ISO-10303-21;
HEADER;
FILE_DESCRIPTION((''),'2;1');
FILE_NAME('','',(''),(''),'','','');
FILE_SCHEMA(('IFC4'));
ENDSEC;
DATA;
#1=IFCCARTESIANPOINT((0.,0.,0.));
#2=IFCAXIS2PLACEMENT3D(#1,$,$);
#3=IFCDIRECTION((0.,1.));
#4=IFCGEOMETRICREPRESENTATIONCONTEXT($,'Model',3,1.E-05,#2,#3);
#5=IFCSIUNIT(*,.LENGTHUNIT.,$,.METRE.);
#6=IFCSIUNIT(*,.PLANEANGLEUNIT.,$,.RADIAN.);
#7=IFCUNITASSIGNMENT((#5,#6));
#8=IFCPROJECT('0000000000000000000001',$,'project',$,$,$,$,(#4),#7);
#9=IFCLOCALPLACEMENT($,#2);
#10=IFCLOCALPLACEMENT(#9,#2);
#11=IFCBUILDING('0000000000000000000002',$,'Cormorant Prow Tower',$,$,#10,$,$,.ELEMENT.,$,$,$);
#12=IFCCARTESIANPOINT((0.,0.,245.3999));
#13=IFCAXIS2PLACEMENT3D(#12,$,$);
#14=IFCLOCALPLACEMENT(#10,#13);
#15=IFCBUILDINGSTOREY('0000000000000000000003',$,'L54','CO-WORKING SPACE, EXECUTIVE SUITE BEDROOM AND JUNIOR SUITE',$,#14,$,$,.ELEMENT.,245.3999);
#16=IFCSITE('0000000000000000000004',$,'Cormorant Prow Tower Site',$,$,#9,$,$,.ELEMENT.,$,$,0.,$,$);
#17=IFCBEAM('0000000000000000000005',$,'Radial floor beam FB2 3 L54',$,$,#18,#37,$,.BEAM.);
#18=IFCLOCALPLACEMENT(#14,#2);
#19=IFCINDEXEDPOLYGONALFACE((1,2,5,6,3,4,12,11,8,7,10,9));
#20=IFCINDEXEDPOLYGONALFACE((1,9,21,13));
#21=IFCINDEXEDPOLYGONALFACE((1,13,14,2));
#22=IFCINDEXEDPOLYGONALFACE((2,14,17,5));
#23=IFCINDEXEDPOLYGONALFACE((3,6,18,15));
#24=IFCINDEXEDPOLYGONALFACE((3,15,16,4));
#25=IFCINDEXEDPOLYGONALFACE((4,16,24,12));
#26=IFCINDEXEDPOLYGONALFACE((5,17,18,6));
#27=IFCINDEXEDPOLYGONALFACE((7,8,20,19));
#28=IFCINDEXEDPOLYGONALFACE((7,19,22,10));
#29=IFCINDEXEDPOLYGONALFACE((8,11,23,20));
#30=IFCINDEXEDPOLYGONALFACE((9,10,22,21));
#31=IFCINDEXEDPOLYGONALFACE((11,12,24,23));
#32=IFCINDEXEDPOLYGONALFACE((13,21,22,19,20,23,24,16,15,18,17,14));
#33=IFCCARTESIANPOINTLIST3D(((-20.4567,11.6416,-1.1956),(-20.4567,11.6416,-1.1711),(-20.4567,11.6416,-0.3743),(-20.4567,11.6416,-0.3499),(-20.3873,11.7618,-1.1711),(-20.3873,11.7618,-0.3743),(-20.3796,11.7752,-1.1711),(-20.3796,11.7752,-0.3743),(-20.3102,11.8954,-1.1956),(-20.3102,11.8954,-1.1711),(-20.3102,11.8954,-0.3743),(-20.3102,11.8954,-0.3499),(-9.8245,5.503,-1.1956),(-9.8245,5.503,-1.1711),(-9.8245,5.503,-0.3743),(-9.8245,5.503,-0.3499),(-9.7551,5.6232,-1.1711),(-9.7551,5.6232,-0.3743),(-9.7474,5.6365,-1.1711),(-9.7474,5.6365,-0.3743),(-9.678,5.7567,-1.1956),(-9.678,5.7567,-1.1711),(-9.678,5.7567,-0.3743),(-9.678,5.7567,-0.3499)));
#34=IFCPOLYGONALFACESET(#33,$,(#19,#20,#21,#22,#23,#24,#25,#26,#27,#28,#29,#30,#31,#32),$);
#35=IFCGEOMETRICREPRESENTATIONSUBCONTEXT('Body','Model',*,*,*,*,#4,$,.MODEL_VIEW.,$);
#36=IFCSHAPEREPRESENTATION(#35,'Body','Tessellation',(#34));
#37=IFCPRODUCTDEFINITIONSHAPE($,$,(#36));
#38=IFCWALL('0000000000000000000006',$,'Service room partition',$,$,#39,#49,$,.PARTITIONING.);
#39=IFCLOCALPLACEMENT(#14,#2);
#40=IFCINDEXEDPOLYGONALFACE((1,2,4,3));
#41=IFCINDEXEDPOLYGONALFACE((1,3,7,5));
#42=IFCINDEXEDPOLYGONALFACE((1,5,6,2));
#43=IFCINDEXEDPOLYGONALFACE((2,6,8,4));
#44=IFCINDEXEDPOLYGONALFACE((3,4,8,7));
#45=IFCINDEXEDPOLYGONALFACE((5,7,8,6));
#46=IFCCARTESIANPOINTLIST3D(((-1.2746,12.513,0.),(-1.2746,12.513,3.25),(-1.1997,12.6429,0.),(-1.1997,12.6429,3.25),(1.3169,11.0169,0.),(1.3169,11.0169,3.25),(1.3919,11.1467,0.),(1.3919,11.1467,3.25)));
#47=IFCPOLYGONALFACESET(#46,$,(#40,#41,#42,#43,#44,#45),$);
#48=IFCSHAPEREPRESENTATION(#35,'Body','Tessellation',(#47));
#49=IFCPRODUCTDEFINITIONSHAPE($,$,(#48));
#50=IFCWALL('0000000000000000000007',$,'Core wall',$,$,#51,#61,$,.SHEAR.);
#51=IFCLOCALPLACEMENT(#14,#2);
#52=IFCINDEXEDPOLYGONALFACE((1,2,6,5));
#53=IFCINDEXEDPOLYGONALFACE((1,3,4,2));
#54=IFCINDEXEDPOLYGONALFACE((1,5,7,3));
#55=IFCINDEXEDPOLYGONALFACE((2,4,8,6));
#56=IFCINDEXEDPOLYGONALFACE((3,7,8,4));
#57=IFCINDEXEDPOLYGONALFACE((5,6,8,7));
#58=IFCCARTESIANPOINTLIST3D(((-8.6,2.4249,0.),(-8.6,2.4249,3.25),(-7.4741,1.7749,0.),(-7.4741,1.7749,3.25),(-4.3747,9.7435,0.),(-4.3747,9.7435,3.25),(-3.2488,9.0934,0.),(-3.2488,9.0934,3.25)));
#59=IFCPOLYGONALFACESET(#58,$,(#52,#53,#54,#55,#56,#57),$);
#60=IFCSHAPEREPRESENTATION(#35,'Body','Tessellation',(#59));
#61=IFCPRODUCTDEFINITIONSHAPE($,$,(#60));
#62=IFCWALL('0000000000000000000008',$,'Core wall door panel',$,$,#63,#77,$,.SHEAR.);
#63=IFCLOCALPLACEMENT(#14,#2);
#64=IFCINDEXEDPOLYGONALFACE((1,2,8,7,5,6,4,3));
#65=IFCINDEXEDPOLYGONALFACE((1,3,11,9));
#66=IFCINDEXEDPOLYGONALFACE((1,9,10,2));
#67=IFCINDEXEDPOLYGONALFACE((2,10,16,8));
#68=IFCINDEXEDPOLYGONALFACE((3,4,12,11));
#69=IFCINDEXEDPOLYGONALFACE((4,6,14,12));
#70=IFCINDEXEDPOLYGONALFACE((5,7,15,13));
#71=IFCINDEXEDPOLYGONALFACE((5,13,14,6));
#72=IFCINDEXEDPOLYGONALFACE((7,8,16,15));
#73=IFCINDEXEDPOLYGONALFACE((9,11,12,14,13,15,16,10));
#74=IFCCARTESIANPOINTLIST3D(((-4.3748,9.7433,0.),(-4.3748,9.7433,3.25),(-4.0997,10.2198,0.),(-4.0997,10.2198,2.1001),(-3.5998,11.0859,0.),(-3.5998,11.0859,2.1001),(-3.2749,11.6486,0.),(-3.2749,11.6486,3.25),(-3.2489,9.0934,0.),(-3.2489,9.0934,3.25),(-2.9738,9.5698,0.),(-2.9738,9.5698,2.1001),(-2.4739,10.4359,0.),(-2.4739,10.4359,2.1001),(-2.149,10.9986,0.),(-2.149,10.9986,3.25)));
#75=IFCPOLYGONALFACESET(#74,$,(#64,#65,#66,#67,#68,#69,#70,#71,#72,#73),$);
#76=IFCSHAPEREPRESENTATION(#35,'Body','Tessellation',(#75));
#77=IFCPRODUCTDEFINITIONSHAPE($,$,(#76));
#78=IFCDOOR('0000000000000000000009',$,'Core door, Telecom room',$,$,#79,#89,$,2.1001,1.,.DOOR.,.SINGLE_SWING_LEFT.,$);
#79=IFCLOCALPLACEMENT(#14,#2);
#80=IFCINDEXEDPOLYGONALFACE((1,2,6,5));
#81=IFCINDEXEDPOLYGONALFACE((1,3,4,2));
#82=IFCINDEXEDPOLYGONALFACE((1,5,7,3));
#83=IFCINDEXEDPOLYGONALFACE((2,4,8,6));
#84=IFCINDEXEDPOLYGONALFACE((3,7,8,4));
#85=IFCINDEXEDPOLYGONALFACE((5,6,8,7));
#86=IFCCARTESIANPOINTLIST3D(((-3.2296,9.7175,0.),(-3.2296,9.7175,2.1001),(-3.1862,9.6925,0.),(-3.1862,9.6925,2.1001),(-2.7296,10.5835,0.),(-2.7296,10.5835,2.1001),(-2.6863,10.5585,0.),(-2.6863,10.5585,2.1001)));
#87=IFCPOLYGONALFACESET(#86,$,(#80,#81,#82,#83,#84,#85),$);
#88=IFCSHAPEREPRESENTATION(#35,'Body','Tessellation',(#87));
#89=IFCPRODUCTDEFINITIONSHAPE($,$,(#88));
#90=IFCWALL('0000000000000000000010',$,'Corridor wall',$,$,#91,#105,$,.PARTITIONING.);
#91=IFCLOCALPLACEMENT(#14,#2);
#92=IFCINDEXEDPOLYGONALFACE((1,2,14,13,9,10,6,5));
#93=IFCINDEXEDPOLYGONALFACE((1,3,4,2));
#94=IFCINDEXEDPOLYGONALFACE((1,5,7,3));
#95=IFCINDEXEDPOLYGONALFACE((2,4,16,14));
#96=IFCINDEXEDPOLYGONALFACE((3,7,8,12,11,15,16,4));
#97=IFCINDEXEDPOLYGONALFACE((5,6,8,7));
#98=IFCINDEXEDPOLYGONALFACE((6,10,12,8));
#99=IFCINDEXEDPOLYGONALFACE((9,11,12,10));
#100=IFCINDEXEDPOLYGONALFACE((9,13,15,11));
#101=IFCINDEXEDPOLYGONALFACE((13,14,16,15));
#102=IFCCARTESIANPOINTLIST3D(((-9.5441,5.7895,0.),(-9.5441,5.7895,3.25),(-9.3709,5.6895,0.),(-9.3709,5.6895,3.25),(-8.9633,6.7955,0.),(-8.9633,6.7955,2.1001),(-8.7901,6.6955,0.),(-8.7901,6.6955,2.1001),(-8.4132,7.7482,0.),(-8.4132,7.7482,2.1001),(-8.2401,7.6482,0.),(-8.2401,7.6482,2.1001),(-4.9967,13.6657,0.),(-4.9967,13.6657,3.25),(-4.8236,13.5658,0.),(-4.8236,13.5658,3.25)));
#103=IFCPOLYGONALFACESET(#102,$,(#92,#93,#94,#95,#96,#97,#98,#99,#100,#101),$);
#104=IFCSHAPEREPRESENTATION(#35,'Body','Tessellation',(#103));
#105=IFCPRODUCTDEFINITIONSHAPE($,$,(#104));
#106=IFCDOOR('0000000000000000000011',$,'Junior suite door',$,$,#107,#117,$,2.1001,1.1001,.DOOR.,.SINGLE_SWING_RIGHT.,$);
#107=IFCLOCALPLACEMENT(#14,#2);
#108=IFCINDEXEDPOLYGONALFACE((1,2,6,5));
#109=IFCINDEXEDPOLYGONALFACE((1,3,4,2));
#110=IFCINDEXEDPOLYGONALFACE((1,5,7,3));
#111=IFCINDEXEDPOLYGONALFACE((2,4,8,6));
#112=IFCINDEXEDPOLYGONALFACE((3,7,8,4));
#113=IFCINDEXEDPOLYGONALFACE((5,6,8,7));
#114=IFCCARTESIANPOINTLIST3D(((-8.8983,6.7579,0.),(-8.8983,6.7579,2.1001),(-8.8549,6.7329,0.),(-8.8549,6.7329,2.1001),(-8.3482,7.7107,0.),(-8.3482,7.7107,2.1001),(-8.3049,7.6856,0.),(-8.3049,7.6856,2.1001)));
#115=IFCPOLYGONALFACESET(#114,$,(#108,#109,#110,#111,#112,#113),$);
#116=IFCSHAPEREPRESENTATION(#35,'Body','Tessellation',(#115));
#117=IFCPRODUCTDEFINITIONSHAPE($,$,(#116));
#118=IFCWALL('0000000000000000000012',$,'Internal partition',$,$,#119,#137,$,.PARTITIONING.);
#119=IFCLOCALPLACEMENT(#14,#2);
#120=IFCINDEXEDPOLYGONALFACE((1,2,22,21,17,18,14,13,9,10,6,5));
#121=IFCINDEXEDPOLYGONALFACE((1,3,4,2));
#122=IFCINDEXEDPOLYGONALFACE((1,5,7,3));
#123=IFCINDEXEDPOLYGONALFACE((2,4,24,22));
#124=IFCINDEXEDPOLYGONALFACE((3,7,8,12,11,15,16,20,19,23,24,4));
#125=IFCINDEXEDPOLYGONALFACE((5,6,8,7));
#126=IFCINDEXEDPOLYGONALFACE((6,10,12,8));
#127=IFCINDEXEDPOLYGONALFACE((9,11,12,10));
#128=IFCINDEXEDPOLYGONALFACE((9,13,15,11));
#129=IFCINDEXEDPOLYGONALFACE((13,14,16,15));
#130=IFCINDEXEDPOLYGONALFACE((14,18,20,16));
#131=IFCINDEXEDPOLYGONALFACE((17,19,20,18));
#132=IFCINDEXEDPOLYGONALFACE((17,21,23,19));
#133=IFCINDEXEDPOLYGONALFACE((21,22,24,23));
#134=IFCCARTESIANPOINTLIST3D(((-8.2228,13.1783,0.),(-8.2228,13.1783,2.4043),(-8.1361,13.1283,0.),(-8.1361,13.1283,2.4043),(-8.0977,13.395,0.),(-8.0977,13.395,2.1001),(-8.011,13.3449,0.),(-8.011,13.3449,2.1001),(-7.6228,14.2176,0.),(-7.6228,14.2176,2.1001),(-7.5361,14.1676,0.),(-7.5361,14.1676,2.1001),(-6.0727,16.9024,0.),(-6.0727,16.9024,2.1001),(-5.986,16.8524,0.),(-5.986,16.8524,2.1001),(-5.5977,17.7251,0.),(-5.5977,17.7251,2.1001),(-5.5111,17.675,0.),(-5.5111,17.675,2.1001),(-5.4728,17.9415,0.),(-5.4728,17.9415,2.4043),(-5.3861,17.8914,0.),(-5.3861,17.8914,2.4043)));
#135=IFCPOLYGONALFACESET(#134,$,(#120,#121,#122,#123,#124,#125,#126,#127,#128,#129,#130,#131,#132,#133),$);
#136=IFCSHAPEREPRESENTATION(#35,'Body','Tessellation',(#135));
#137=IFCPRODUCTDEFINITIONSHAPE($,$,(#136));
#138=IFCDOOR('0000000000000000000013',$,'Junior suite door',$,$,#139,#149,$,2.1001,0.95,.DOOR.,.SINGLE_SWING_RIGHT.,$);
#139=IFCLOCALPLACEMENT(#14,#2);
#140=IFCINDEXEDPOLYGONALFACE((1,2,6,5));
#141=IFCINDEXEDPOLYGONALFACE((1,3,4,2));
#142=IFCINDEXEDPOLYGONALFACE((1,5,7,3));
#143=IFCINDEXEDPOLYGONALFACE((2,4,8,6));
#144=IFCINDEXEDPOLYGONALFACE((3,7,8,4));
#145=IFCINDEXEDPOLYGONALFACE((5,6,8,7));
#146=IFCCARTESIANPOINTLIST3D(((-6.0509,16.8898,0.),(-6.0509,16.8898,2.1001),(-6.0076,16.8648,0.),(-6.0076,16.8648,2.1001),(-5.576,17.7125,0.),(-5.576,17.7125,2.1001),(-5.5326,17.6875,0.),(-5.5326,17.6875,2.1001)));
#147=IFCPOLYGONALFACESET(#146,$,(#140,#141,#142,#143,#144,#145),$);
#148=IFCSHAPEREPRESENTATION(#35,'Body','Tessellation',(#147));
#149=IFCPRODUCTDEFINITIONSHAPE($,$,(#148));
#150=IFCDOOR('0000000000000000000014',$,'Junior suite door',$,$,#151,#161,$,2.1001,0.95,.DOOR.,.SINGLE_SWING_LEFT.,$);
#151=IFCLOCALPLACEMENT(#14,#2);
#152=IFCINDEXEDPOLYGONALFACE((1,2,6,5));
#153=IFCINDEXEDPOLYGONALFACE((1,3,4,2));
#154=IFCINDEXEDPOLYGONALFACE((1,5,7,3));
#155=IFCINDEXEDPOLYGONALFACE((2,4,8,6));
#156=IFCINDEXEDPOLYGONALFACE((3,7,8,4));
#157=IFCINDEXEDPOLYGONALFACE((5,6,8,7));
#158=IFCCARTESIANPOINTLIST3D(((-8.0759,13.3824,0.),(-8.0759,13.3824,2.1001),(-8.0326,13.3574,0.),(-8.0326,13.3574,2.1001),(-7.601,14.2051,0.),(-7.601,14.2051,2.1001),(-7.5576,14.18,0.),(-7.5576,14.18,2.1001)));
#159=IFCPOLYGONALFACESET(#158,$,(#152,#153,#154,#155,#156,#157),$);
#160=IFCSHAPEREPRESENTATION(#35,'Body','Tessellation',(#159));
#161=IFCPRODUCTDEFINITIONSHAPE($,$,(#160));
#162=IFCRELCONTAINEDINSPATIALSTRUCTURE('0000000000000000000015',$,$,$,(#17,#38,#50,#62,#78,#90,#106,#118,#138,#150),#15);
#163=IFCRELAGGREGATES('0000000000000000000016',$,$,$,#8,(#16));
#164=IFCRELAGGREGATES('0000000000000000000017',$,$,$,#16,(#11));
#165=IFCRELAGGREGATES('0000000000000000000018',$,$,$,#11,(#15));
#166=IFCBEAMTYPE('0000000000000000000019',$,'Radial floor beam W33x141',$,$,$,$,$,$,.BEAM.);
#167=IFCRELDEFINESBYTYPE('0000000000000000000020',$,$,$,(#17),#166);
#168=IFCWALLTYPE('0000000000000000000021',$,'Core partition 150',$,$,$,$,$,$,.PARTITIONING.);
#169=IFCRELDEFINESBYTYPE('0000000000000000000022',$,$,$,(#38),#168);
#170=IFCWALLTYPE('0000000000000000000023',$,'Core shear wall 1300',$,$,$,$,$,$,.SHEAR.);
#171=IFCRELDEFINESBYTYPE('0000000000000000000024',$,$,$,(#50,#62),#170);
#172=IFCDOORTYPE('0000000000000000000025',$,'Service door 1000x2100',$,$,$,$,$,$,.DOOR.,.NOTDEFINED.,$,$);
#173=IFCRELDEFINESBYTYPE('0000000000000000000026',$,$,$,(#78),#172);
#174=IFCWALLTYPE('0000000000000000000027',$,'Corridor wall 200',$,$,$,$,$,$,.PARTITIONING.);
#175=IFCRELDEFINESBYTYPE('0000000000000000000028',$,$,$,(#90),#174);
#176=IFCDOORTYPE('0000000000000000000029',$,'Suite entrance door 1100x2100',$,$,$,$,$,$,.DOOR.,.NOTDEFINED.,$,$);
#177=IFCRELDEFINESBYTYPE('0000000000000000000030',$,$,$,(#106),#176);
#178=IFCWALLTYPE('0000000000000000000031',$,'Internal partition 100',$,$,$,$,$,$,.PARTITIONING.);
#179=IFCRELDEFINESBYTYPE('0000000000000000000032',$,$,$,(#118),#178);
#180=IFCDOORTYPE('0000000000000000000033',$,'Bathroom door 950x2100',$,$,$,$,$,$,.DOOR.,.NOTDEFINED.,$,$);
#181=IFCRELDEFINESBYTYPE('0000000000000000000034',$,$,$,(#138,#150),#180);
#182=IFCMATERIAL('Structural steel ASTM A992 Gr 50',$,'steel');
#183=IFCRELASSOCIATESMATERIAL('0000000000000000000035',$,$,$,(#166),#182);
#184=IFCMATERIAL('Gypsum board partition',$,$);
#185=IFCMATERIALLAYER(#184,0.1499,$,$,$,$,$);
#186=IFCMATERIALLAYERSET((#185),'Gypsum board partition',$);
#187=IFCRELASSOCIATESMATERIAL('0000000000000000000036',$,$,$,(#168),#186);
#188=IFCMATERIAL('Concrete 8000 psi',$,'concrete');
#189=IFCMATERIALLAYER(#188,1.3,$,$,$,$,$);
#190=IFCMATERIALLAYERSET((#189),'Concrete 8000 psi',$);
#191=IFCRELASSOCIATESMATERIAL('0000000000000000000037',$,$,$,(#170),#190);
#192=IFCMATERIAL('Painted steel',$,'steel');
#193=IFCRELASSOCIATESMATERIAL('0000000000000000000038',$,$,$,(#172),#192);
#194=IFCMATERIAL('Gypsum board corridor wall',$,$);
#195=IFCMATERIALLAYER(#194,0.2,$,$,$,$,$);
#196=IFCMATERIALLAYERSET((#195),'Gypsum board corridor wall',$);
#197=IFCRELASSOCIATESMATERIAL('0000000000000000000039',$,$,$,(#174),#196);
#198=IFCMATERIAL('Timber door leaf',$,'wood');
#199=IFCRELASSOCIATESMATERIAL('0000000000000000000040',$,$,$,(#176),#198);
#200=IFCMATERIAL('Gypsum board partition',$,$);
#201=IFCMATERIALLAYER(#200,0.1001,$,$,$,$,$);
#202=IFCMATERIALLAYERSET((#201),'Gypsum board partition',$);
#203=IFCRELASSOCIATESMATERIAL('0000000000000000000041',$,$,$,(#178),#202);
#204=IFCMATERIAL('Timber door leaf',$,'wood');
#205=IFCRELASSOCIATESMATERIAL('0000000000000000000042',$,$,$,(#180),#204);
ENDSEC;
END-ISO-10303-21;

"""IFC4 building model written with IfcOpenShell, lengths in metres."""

from ifc_helpers import new_model, si_unit, direction, frame, frame_2d, origin, origin_2d, place, context, subcontext, project, spatial, rectangle, i_section, extrude, material, layer, layer_set, material_profile, profile_set, type_object, element, fill, save


model = new_model("IFC4")

# Units and contexts
model_context = context("Model", 3, precision=1e-05, world=origin(), true_north=direction((0.0, 1.0)))
body_context = subcontext(model_context, "Body", "Model", "MODEL_VIEW")
ifc_project = project(units=[si_unit("LENGTHUNIT", "METRE"), si_unit("PLANEANGLEUNIT", "RADIAN")], contexts=[model_context])

# Site, building, storey
site_placement = place(None, origin())
site = spatial("IfcSite", under=ifc_project, at=site_placement, Name="Cormorant Prow Tower Site", CompositionType="ELEMENT", RefElevation=0.0)
building_placement = place(site_placement, origin())
building = spatial("IfcBuilding", under=site, at=building_placement, Name="Cormorant Prow Tower", CompositionType="ELEMENT")
storey_placement = place(building_placement, frame((0.0, 0.0, 245.3999)))
storey = spatial("IfcBuildingStorey", under=building, at=storey_placement, Name="L54", Description="CO-WORKING SPACE, EXECUTIVE SUITE BEDROOM AND JUNIOR SUITE", CompositionType="ELEMENT", Elevation=245.3999)

# Beam
ifc_material_1 = material(Name="Structural steel ASTM A992 Gr 50", Category="steel")
ifc_material_profile = material_profile(ifc_material_1, i_section(OverallWidth=0.293, OverallDepth=0.8457, WebThickness=0.0154, FlangeThickness=0.0244, at=origin_2d()), Name="W33x141")
ifc_profile_set = profile_set([ifc_material_profile], Name="Structural steel ASTM A992 Gr 50")
beam_type = type_object("IfcBeamType", Name="Radial floor beam W33x141", PredefinedType="BEAM", material=ifc_profile_set)
beam_placement = place(storey_placement, frame((-9.7512, 5.6299, -0.7727), z_axis=(-0.866022, 0.500006, 0.0), x_axis=(-0.500006, -0.866022, 0.0)))
element("IfcBeam", 1, at=beam_placement, inside=storey, type_object=beam_type, Name="Radial floor beam FB2 3 L54", PredefinedType="BEAM", context=body_context, shape_type="SweptSolid", body=[
    extrude(i_section(OverallWidth=0.293, OverallDepth=0.8457, WebThickness=0.0154, FlangeThickness=0.0244, at=origin_2d()), origin(), (0.0, 0.0, 1.0), 12.2771),
])

# Walls
ifc_material_2 = material(Name="Gypsum board partition")
ifc_layer_1 = layer(ifc_material_2, 0.1499)
ifc_layer_set_1 = layer_set([ifc_layer_1], Name="Gypsum board partition")
wall_type_1 = type_object("IfcWallType", Name="Core partition 150", PredefinedType="PARTITIONING", material=ifc_layer_set_1)
wall_1_placement = place(storey_placement, frame((-1.2371, 12.5779, 0.0), z_axis=(0.0, 0.0, 1.0), x_axis=(0.866046, -0.499965, 0.0)))
element("IfcWall", 2, at=wall_1_placement, inside=storey, type_object=wall_type_1, Name="Service room partition", PredefinedType="PARTITIONING", context=body_context, shape_type="SweptSolid", body=[
    extrude(rectangle(XDim=2.9924, YDim=0.1499, at=frame_2d((1.4961, 0.0))), origin(), (0.0, 0.0, 1.0), 3.25),
])
ifc_material_3 = material(Name="Concrete 8000 psi", Category="concrete")
ifc_layer_2 = layer(ifc_material_3, 1.3)
ifc_layer_set_2 = layer_set([ifc_layer_2], Name="Concrete 8000 psi")
wall_type_2 = type_object("IfcWallType", Name="Core shear wall 1300", PredefinedType="SHEAR", material=ifc_layer_set_2)
wall_2_placement = place(storey_placement, frame((-3.8118, 9.4185, 0.0), z_axis=(0.0, 0.0, 1.0), x_axis=(-0.499995, -0.866028, 0.0)))
element("IfcWall", 3, at=wall_2_placement, inside=storey, type_object=wall_type_2, Name="Core wall", PredefinedType="SHEAR", context=body_context, shape_type="SweptSolid", body=[
    extrude(rectangle(XDim=8.4507, YDim=1.3, at=frame_2d((4.2253, 0.0))), origin(), (0.0, 0.0, 1.0), 3.25),
])

# Walls, openings, doors
wall_3_placement = place(storey_placement, frame((-2.7119, 11.3237, 0.0), z_axis=(0.0, 0.0, 1.0), x_axis=(-0.499947, -0.866056, 0.0)))
wall_3 = element("IfcWall", 4, at=wall_3_placement, inside=storey, type_object=wall_type_2, Name="Core wall door panel", PredefinedType="SHEAR", context=body_context, shape_type="SweptSolid", body=[
    extrude(rectangle(XDim=2.2, YDim=1.3, at=frame_2d((1.1001, 0.0))), origin(), (0.0, 0.0, 1.0), 3.25),
])
opening_1_placement = place(wall_3_placement, frame((0.6499, 0.0, 0.0)))
opening_1 = element("IfcOpeningElement", 5, at=opening_1_placement, cuts=wall_3, PredefinedType="OPENING", context=body_context, shape_type="SweptSolid", body=[
    extrude(rectangle(XDim=1.0, YDim=2.1001, at=frame_2d((0.5, 1.05))), frame((0.0, 0.6599, 0.0), z_axis=(0.0, -1.0, 0.0), x_axis=(1.0, 0.0, 0.0)), (0.0, 0.0, 1.0), 1.3201),
])
ifc_material_4 = material(Name="Painted steel", Category="steel")
door_type_1 = type_object("IfcDoorType", Name="Service door 1000x2100", OperationType="NOTDEFINED", PredefinedType="DOOR", material=ifc_material_4)
door_1_placement = place(opening_1_placement, origin())
door_1 = element("IfcDoor", 6, at=door_1_placement, inside=storey, type_object=door_type_1, Name="Core door, Telecom room", OperationType="SINGLE_SWING_LEFT", OverallHeight=2.1001, OverallWidth=1.0, PredefinedType="DOOR", context=body_context, shape_type="SweptSolid", body=[
    extrude(rectangle(XDim=1.0, YDim=2.1001, at=frame_2d((0.5, 1.05))), frame((0.0, 0.4048, 0.0), z_axis=(0.0, -1.0, 0.0), x_axis=(1.0, 0.0, 0.0)), (0.0, 0.0, 1.0), 0.05),
])
fill(opening_1, door_1)
ifc_material_5 = material(Name="Gypsum board corridor wall")
ifc_layer_3 = layer(ifc_material_5, 0.2)
ifc_layer_set_3 = layer_set([ifc_layer_3], Name="Gypsum board corridor wall")
wall_type_3 = type_object("IfcWallType", Name="Corridor wall 200", PredefinedType="PARTITIONING", material=ifc_layer_set_3)
wall_4_placement = place(storey_placement, frame((-9.4575, 5.7395, 0.0), z_axis=(0.0, 0.0, 1.0), x_axis=(0.500002, 0.866024, 0.0)))
wall_4 = element("IfcWall", 7, at=wall_4_placement, inside=storey, type_object=wall_type_3, Name="Corridor wall", PredefinedType="PARTITIONING", context=body_context, shape_type="SweptSolid", body=[
    extrude(rectangle(XDim=9.0947, YDim=0.2, at=frame_2d((4.5474, 0.0))), origin(), (0.0, 0.0, 1.0), 3.25),
])
opening_2_placement = place(wall_4_placement, frame((1.1616, 0.0, 0.0)))
opening_2 = element("IfcOpeningElement", 8, at=opening_2_placement, cuts=wall_4, PredefinedType="OPENING", context=body_context, shape_type="SweptSolid", body=[
    extrude(rectangle(XDim=1.1001, YDim=2.1001, at=frame_2d((0.55, 1.05))), frame((0.0, 0.1099, 0.0), z_axis=(0.0, -1.0, 0.0), x_axis=(1.0, 0.0, 0.0)), (0.0, 0.0, 1.0), 0.22),
])
ifc_material_6 = material(Name="Timber door leaf", Category="wood")
door_type_2 = type_object("IfcDoorType", Name="Suite entrance door 1100x2100", OperationType="NOTDEFINED", PredefinedType="DOOR", material=ifc_material_6)
door_2_placement = place(opening_2_placement, origin())
door_2 = element("IfcDoor", 9, at=door_2_placement, inside=storey, type_object=door_type_2, Name="Junior suite door", OperationType="SINGLE_SWING_RIGHT", OverallHeight=2.1001, OverallWidth=1.1001, PredefinedType="DOOR", context=body_context, shape_type="SweptSolid", body=[
    extrude(rectangle(XDim=1.1001, YDim=2.1001, at=frame_2d((0.55, 1.05))), frame((0.0, 0.0249, 0.0), z_axis=(0.0, -1.0, 0.0), x_axis=(1.0, 0.0, 0.0)), (0.0, 0.0, 1.0), 0.05),
])
fill(opening_2, door_2)

# Wall, openings, doors
ifc_material_7 = material(Name="Gypsum board partition")
ifc_layer_4 = layer(ifc_material_7, 0.1001)
ifc_layer_set_4 = layer_set([ifc_layer_4], Name="Gypsum board partition")
wall_type_4 = type_object("IfcWallType", Name="Internal partition 100", PredefinedType="PARTITIONING", material=ifc_layer_set_4)
wall_5_placement = place(storey_placement, frame((-8.1794, 13.1533, 0.0), z_axis=(0.0, 0.0, 1.0), x_axis=(0.499997, 0.866027, 0.0)))
wall_5 = element("IfcWall", 10, at=wall_5_placement, inside=storey, type_object=wall_type_4, Name="Internal partition", PredefinedType="PARTITIONING", context=body_context, shape_type="SweptSolid", body=[
    extrude(rectangle(XDim=5.5, YDim=0.1001, at=frame_2d((2.75, 0.0))), origin(), (0.0, 0.0, 1.0), 2.4043),
])
opening_3_placement = place(wall_5_placement, frame((4.3, 0.0, 0.0)))
opening_3 = element("IfcOpeningElement", 11, at=opening_3_placement, cuts=wall_5, PredefinedType="OPENING", context=body_context, shape_type="SweptSolid", body=[
    extrude(rectangle(XDim=0.95, YDim=2.1001, at=frame_2d((0.4751, 1.05))), frame((0.0, 0.0601, 0.0), z_axis=(0.0, -1.0, 0.0), x_axis=(1.0, 0.0, 0.0)), (0.0, 0.0, 1.0), 0.1201),
])
opening_4_placement = place(wall_5_placement, frame((0.25, 0.0, 0.0)))
opening_4 = element("IfcOpeningElement", 12, at=opening_4_placement, cuts=wall_5, PredefinedType="OPENING", context=body_context, shape_type="SweptSolid", body=[
    extrude(rectangle(XDim=0.95, YDim=2.1001, at=frame_2d((0.4751, 1.05))), frame((0.0, 0.0601, 0.0), z_axis=(0.0, -1.0, 0.0), x_axis=(1.0, 0.0, 0.0)), (0.0, 0.0, 1.0), 0.1201),
])
ifc_material_8 = material(Name="Timber door leaf", Category="wood")
door_type_3 = type_object("IfcDoorType", Name="Bathroom door 950x2100", OperationType="NOTDEFINED", PredefinedType="DOOR", material=ifc_material_8)
door_3_placement = place(opening_3_placement, origin())
door_3 = element("IfcDoor", 13, at=door_3_placement, inside=storey, type_object=door_type_3, Name="Junior suite door", OperationType="SINGLE_SWING_RIGHT", OverallHeight=2.1001, OverallWidth=0.95, PredefinedType="DOOR", context=body_context, shape_type="SweptSolid", body=[
    extrude(rectangle(XDim=0.95, YDim=2.1001, at=frame_2d((0.4751, 1.05))), frame((0.0, 0.0249, 0.0), z_axis=(0.0, -1.0, 0.0), x_axis=(1.0, 0.0, 0.0)), (0.0, 0.0, 1.0), 0.05),
])
fill(opening_3, door_3)
door_4_placement = place(opening_4_placement, origin())
door_4 = element("IfcDoor", 14, at=door_4_placement, inside=storey, type_object=door_type_3, Name="Junior suite door", OperationType="SINGLE_SWING_LEFT", OverallHeight=2.1001, OverallWidth=0.95, PredefinedType="DOOR", context=body_context, shape_type="SweptSolid", body=[
    extrude(rectangle(XDim=0.95, YDim=2.1001, at=frame_2d((0.4751, 1.05))), frame((0.0, 0.0249, 0.0), z_axis=(0.0, -1.0, 0.0), x_axis=(1.0, 0.0, 0.0)), (0.0, 0.0, 1.0), 0.05),
])
fill(opening_4, door_4)

save(model, "model.ifc")
